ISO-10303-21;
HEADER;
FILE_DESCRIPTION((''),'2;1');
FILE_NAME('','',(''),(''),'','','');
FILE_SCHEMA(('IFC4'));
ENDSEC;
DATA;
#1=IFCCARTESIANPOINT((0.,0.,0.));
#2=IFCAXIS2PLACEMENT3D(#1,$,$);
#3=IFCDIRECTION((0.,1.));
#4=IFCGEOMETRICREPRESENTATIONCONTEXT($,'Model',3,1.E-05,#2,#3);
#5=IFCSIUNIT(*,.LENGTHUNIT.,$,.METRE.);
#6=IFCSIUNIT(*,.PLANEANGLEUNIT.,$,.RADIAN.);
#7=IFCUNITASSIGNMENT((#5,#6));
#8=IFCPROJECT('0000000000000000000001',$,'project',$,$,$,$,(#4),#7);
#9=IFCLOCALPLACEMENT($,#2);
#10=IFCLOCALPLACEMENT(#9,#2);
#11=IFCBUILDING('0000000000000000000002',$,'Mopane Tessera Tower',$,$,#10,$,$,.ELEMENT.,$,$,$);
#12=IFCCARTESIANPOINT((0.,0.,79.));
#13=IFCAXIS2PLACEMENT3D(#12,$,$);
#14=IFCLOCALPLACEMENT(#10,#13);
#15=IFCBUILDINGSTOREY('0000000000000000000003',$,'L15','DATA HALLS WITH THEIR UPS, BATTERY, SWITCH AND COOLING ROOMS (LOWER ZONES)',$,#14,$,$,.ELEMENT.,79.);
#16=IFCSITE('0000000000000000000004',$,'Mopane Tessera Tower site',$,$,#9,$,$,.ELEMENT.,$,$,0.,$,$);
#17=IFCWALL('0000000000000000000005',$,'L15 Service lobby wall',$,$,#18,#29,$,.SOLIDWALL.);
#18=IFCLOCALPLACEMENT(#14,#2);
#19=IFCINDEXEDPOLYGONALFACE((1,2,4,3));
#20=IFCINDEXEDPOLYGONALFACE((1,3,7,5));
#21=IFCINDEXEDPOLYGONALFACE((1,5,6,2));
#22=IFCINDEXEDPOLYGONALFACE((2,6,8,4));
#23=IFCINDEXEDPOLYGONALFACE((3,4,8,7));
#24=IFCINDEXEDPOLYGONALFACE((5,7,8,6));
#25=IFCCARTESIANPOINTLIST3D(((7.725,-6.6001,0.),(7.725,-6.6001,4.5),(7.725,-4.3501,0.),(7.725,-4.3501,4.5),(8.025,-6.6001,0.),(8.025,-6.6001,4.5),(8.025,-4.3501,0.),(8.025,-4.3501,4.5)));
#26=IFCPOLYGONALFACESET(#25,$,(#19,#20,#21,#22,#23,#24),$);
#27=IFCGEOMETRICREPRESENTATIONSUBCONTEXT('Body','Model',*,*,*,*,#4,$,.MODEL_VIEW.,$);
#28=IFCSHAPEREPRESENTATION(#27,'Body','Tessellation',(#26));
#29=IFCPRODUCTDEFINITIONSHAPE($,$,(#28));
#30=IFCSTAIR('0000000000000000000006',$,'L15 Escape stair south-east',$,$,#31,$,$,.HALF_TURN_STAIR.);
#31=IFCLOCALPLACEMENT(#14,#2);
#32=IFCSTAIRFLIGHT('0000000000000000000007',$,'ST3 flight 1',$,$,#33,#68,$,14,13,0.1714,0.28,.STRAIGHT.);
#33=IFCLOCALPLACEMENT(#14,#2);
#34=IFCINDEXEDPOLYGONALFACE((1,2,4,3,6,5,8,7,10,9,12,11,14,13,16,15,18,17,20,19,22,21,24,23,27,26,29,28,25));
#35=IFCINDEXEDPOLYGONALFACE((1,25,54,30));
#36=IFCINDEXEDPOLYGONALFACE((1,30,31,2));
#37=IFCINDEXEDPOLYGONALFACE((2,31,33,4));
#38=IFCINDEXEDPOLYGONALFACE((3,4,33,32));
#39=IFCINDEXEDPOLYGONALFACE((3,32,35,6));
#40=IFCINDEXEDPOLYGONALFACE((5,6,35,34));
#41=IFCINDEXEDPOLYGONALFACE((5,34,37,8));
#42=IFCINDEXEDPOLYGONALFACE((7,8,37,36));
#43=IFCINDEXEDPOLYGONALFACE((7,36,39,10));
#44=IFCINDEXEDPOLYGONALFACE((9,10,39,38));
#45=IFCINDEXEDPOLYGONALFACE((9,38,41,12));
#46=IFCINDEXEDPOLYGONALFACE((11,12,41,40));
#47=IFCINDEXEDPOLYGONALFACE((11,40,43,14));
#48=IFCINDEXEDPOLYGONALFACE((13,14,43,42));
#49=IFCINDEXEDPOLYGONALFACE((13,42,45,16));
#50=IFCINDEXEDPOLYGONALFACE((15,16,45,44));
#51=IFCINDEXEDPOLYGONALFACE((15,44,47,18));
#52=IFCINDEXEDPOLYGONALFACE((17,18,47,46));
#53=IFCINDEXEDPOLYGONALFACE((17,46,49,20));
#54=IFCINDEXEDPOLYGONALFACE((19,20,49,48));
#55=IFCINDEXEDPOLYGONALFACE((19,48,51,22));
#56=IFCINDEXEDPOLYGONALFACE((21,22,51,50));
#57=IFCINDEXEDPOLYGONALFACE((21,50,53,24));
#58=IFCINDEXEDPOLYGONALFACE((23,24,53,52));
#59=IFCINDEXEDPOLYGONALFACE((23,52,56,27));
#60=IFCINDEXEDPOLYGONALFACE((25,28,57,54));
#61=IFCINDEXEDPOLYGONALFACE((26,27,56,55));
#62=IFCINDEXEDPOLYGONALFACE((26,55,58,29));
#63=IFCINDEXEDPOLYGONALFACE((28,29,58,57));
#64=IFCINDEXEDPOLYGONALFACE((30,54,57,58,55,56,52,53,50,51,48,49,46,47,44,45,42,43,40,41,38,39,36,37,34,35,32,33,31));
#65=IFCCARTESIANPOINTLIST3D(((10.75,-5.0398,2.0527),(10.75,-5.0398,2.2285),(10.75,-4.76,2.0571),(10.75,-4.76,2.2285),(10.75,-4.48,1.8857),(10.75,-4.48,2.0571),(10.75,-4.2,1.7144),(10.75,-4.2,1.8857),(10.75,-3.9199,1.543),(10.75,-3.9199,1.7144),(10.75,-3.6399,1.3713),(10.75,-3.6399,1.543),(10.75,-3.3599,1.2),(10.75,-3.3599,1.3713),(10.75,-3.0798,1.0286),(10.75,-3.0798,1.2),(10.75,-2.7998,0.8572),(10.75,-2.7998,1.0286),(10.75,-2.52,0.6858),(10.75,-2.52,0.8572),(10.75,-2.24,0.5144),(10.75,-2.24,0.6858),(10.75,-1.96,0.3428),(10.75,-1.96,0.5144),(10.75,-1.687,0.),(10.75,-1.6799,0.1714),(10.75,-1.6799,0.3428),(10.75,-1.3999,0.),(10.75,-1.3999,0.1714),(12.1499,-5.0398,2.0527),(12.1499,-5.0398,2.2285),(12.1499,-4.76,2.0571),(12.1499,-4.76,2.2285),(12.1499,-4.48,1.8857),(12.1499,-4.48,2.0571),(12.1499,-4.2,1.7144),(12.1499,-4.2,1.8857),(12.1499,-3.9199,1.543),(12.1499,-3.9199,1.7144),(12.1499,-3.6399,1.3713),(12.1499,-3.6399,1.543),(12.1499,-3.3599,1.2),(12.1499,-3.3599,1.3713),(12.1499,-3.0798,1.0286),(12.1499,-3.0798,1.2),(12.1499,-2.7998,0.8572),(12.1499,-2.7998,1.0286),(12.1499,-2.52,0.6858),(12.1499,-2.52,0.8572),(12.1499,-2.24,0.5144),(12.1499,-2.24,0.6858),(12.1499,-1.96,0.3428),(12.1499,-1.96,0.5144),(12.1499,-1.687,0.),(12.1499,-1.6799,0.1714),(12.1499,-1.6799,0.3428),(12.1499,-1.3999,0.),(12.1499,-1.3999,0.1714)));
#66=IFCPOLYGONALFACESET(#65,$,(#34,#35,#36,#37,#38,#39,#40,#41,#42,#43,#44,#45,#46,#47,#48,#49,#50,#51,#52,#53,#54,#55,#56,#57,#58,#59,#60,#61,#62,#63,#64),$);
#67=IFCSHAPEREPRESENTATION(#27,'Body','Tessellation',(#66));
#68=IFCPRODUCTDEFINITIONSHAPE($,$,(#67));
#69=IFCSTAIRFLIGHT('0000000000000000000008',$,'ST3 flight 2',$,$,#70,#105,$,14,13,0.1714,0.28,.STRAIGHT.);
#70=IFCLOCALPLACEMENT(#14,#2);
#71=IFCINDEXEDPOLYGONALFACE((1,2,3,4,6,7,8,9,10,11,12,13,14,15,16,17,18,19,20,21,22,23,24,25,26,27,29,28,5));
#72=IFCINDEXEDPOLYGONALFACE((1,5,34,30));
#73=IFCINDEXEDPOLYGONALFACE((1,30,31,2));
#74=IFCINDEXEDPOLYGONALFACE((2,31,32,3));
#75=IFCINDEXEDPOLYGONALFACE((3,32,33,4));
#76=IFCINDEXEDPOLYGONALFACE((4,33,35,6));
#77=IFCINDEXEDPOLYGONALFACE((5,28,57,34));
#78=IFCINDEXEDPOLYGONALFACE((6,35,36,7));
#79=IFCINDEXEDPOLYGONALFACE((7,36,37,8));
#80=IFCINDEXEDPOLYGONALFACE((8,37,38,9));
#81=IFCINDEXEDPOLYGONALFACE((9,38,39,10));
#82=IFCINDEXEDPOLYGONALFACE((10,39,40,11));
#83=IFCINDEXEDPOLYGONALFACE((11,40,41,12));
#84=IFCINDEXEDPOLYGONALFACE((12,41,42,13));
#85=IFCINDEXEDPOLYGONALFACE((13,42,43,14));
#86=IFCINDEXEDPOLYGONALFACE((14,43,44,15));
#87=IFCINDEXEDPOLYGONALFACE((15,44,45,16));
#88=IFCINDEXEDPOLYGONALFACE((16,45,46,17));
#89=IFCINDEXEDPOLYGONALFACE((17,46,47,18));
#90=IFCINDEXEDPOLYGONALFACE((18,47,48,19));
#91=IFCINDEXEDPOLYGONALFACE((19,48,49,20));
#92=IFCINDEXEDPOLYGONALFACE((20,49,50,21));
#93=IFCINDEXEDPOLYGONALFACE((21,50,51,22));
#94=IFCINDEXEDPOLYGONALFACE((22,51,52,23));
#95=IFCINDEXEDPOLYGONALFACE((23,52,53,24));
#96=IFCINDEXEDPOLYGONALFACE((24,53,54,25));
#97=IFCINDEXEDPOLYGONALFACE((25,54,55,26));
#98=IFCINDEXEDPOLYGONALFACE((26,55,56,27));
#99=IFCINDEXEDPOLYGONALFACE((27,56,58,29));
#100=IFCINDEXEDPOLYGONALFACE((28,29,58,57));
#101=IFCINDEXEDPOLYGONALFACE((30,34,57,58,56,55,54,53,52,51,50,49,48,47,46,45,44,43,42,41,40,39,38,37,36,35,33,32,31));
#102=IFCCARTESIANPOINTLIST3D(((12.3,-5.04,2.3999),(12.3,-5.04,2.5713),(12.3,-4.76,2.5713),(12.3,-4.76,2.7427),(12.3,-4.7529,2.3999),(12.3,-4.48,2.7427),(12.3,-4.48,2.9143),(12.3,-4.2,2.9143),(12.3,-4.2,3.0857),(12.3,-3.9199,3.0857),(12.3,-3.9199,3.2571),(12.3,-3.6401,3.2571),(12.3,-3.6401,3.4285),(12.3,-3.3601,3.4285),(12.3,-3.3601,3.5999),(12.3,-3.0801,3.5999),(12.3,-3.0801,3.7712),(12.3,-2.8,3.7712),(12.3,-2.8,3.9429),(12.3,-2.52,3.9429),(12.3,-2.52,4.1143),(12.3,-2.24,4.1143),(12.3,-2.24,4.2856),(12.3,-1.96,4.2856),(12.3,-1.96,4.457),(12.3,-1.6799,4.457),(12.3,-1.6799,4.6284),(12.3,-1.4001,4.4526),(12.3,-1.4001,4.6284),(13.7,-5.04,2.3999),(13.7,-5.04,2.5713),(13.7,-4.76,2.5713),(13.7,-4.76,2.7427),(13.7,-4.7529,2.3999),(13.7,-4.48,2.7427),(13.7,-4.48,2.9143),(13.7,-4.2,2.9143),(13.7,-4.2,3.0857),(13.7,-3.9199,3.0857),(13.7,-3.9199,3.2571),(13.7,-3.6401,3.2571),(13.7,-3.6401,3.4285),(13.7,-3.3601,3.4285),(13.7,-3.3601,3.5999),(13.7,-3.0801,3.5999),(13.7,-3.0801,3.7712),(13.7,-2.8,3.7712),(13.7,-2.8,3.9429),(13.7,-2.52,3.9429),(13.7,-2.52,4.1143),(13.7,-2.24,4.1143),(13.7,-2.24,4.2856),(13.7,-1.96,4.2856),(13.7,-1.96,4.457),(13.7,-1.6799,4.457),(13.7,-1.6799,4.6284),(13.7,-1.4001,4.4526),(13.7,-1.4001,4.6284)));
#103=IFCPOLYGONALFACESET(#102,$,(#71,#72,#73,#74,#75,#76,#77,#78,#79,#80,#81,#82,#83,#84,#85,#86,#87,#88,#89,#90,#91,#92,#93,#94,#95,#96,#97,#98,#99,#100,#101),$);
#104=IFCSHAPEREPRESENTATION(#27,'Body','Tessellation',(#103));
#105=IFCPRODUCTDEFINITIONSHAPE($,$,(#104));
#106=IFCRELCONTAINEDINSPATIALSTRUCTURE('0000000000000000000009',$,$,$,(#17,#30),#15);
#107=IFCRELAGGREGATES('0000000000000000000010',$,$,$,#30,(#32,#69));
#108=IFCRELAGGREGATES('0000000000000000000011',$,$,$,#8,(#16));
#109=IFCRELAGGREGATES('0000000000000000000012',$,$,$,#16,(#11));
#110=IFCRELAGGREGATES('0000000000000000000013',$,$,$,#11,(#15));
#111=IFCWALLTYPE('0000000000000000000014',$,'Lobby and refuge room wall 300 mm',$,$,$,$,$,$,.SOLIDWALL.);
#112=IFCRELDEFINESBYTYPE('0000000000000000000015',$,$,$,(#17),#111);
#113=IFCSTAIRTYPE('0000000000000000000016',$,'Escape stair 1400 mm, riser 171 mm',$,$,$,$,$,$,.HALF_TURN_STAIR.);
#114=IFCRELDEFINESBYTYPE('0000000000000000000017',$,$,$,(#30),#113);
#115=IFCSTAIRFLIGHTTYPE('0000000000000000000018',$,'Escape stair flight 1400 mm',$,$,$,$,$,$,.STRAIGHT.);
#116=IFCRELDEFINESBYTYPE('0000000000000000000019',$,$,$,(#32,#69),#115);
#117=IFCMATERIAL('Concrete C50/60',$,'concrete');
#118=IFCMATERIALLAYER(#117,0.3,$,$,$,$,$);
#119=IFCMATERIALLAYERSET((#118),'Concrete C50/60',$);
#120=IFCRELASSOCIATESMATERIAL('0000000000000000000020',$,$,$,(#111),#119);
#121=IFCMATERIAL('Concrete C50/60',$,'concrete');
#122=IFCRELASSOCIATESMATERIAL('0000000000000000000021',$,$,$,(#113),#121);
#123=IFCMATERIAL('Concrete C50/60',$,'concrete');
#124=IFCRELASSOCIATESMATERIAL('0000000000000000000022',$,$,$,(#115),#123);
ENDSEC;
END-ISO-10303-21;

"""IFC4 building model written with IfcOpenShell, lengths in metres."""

from ifc_helpers import new_model, si_unit, direction, frame, frame_2d, origin, place, context, subcontext, project, spatial, polyline, rectangle, outline, extrude, material, layer, layer_set, type_object, element, aggregate, save


model = new_model("IFC4")

# Units and contexts
model_context = context("Model", 3, precision=1e-05, world=origin(), true_north=direction((0.0, 1.0)))
body_context = subcontext(model_context, "Body", "Model", "MODEL_VIEW")
ifc_project = project(units=[si_unit("LENGTHUNIT", "METRE"), si_unit("PLANEANGLEUNIT", "RADIAN")], contexts=[model_context])

# Site, building, storey
site_placement = place(None, origin())
site = spatial("IfcSite", under=ifc_project, at=site_placement, Name="Mopane Tessera Tower site", CompositionType="ELEMENT", RefElevation=0.0)
building_placement = place(site_placement, origin())
building = spatial("IfcBuilding", under=site, at=building_placement, Name="Mopane Tessera Tower", CompositionType="ELEMENT")
storey_placement = place(building_placement, frame((0.0, 0.0, 79.0)))
storey = spatial("IfcBuildingStorey", under=building, at=storey_placement, Name="L15", Description="DATA HALLS WITH THEIR UPS, BATTERY, SWITCH AND COOLING ROOMS (LOWER ZONES)", CompositionType="ELEMENT", Elevation=79.0)

# Wall
ifc_material_1 = material(Name="Concrete C50/60", Category="concrete")
ifc_layer_1 = layer(ifc_material_1, 0.3)
ifc_layer_set_1 = layer_set([ifc_layer_1], Name="Concrete C50/60")
wall_type_1 = type_object("IfcWallType", Name="Lobby and refuge room wall 300 mm", PredefinedType="SOLIDWALL", material=ifc_layer_set_1)
for number, where, z_axis, x_axis, name in (
    (1, (7.875, -6.6001, 0.0), (0.0, 0.0, 1.0), (0.0, 1.0, 0.0), "L15 Service lobby wall"),
):
    element("IfcWall", number, at=place(storey_placement, frame(where, z_axis=z_axis, x_axis=x_axis)), inside=storey, type_object=wall_type_1, Name=name, PredefinedType="SOLIDWALL", context=body_context, shape_type="SweptSolid", body=[
        extrude(rectangle(XDim=2.25, YDim=0.3, at=frame_2d((1.125, 0.0))), origin(), (0.0, 0.0, 1.0), 4.5),
    ])

# Stair, stair flights
ifc_material_2 = material(Name="Concrete C50/60", Category="concrete")
stair_type = type_object("IfcStairType", Name="Escape stair 1400 mm, riser 171 mm", PredefinedType="HALF_TURN_STAIR", material=ifc_material_2)
stair_placement = place(storey_placement, origin())
stair = element("IfcStair", 2, at=stair_placement, inside=storey, type_object=stair_type, Name="L15 Escape stair south-east", PredefinedType="HALF_TURN_STAIR")
ifc_material_3 = material(Name="Concrete C50/60", Category="concrete")
stair_flight_type = type_object("IfcStairFlightType", Name="Escape stair flight 1400 mm", PredefinedType="STRAIGHT", material=ifc_material_3)
stair_flight_1_placement = place(storey_placement, frame((11.45, -1.3999, 0.0), z_axis=(0.0, 0.0, 1.0), x_axis=(0.0, -1.0, 0.0)))
stair_flight_1 = element("IfcStairFlight", 3, at=stair_flight_1_placement, type_object=stair_flight_type, Name="ST3 flight 1", NumberOfRisers=14, NumberOfTreads=13, PredefinedType="STRAIGHT", RiserHeight=0.1714, TreadLength=0.28, context=body_context, shape_type="SweptSolid", body=[
    extrude(outline(polyline([(0.0, 0.0), (0.0, 0.1714), (0.28, 0.1714), (0.28, 0.3428), (0.5601, 0.3428), (0.5601, 0.5144), (0.8401, 0.5144), (0.8401, 0.6858), (1.1201, 0.6858), (1.1201, 0.8572), (1.3999, 0.8572), (1.3999, 1.0286), (1.6799, 1.0286), (1.6799, 1.2), (1.96, 1.2), (1.96, 1.3713), (2.24, 1.3713), (2.24, 1.543), (2.52, 1.543), (2.52, 1.7144), (2.8, 1.7144), (2.8, 1.8857), (3.0801, 1.8857), (3.0801, 2.0571), (3.3601, 2.0571), (3.3601, 2.2285), (3.6399, 2.2285), (3.6399, 2.3999), (3.6399, 2.0527), (0.2871, 0.0), (0.0, 0.0)])), frame((0.0, 0.7, 0.0), z_axis=(0.0, -1.0, 0.0), x_axis=(1.0, 0.0, 0.0)), (0.0, 0.0, 1.0), 1.3999),
])
stair_flight_2_placement = place(storey_placement, frame((13.0, -5.04, 2.3999), z_axis=(0.0, 0.0, 1.0), x_axis=(0.0, 1.0, 0.0)))
stair_flight_2 = element("IfcStairFlight", 4, at=stair_flight_2_placement, type_object=stair_flight_type, Name="ST3 flight 2", NumberOfRisers=14, NumberOfTreads=13, PredefinedType="STRAIGHT", RiserHeight=0.1714, TreadLength=0.28, context=body_context, shape_type="SweptSolid", body=[
    extrude(outline(polyline([(0.0, 0.0), (0.0, 0.1714), (0.28, 0.1714), (0.28, 0.3428), (0.5601, 0.3428), (0.5601, 0.5144), (0.8401, 0.5144), (0.8401, 0.6858), (1.1201, 0.6858), (1.1201, 0.8572), (1.3999, 0.8572), (1.3999, 1.0286), (1.6799, 1.0286), (1.6799, 1.2), (1.96, 1.2), (1.96, 1.3713), (2.24, 1.3713), (2.24, 1.543), (2.52, 1.543), (2.52, 1.7144), (2.8, 1.7144), (2.8, 1.8857), (3.0801, 1.8857), (3.0801, 2.0571), (3.3601, 2.0571), (3.3601, 2.2285), (3.6399, 2.2285), (3.6399, 2.3999), (3.6399, 2.0527), (0.2871, 0.0), (0.0, 0.0)])), frame((0.0, 0.7, 0.0), z_axis=(0.0, -1.0, 0.0), x_axis=(1.0, 0.0, 0.0)), (0.0, 0.0, 1.0), 1.3999),
])
aggregate(stair, [stair_flight_1, stair_flight_2])

save(model, "model.ifc")
